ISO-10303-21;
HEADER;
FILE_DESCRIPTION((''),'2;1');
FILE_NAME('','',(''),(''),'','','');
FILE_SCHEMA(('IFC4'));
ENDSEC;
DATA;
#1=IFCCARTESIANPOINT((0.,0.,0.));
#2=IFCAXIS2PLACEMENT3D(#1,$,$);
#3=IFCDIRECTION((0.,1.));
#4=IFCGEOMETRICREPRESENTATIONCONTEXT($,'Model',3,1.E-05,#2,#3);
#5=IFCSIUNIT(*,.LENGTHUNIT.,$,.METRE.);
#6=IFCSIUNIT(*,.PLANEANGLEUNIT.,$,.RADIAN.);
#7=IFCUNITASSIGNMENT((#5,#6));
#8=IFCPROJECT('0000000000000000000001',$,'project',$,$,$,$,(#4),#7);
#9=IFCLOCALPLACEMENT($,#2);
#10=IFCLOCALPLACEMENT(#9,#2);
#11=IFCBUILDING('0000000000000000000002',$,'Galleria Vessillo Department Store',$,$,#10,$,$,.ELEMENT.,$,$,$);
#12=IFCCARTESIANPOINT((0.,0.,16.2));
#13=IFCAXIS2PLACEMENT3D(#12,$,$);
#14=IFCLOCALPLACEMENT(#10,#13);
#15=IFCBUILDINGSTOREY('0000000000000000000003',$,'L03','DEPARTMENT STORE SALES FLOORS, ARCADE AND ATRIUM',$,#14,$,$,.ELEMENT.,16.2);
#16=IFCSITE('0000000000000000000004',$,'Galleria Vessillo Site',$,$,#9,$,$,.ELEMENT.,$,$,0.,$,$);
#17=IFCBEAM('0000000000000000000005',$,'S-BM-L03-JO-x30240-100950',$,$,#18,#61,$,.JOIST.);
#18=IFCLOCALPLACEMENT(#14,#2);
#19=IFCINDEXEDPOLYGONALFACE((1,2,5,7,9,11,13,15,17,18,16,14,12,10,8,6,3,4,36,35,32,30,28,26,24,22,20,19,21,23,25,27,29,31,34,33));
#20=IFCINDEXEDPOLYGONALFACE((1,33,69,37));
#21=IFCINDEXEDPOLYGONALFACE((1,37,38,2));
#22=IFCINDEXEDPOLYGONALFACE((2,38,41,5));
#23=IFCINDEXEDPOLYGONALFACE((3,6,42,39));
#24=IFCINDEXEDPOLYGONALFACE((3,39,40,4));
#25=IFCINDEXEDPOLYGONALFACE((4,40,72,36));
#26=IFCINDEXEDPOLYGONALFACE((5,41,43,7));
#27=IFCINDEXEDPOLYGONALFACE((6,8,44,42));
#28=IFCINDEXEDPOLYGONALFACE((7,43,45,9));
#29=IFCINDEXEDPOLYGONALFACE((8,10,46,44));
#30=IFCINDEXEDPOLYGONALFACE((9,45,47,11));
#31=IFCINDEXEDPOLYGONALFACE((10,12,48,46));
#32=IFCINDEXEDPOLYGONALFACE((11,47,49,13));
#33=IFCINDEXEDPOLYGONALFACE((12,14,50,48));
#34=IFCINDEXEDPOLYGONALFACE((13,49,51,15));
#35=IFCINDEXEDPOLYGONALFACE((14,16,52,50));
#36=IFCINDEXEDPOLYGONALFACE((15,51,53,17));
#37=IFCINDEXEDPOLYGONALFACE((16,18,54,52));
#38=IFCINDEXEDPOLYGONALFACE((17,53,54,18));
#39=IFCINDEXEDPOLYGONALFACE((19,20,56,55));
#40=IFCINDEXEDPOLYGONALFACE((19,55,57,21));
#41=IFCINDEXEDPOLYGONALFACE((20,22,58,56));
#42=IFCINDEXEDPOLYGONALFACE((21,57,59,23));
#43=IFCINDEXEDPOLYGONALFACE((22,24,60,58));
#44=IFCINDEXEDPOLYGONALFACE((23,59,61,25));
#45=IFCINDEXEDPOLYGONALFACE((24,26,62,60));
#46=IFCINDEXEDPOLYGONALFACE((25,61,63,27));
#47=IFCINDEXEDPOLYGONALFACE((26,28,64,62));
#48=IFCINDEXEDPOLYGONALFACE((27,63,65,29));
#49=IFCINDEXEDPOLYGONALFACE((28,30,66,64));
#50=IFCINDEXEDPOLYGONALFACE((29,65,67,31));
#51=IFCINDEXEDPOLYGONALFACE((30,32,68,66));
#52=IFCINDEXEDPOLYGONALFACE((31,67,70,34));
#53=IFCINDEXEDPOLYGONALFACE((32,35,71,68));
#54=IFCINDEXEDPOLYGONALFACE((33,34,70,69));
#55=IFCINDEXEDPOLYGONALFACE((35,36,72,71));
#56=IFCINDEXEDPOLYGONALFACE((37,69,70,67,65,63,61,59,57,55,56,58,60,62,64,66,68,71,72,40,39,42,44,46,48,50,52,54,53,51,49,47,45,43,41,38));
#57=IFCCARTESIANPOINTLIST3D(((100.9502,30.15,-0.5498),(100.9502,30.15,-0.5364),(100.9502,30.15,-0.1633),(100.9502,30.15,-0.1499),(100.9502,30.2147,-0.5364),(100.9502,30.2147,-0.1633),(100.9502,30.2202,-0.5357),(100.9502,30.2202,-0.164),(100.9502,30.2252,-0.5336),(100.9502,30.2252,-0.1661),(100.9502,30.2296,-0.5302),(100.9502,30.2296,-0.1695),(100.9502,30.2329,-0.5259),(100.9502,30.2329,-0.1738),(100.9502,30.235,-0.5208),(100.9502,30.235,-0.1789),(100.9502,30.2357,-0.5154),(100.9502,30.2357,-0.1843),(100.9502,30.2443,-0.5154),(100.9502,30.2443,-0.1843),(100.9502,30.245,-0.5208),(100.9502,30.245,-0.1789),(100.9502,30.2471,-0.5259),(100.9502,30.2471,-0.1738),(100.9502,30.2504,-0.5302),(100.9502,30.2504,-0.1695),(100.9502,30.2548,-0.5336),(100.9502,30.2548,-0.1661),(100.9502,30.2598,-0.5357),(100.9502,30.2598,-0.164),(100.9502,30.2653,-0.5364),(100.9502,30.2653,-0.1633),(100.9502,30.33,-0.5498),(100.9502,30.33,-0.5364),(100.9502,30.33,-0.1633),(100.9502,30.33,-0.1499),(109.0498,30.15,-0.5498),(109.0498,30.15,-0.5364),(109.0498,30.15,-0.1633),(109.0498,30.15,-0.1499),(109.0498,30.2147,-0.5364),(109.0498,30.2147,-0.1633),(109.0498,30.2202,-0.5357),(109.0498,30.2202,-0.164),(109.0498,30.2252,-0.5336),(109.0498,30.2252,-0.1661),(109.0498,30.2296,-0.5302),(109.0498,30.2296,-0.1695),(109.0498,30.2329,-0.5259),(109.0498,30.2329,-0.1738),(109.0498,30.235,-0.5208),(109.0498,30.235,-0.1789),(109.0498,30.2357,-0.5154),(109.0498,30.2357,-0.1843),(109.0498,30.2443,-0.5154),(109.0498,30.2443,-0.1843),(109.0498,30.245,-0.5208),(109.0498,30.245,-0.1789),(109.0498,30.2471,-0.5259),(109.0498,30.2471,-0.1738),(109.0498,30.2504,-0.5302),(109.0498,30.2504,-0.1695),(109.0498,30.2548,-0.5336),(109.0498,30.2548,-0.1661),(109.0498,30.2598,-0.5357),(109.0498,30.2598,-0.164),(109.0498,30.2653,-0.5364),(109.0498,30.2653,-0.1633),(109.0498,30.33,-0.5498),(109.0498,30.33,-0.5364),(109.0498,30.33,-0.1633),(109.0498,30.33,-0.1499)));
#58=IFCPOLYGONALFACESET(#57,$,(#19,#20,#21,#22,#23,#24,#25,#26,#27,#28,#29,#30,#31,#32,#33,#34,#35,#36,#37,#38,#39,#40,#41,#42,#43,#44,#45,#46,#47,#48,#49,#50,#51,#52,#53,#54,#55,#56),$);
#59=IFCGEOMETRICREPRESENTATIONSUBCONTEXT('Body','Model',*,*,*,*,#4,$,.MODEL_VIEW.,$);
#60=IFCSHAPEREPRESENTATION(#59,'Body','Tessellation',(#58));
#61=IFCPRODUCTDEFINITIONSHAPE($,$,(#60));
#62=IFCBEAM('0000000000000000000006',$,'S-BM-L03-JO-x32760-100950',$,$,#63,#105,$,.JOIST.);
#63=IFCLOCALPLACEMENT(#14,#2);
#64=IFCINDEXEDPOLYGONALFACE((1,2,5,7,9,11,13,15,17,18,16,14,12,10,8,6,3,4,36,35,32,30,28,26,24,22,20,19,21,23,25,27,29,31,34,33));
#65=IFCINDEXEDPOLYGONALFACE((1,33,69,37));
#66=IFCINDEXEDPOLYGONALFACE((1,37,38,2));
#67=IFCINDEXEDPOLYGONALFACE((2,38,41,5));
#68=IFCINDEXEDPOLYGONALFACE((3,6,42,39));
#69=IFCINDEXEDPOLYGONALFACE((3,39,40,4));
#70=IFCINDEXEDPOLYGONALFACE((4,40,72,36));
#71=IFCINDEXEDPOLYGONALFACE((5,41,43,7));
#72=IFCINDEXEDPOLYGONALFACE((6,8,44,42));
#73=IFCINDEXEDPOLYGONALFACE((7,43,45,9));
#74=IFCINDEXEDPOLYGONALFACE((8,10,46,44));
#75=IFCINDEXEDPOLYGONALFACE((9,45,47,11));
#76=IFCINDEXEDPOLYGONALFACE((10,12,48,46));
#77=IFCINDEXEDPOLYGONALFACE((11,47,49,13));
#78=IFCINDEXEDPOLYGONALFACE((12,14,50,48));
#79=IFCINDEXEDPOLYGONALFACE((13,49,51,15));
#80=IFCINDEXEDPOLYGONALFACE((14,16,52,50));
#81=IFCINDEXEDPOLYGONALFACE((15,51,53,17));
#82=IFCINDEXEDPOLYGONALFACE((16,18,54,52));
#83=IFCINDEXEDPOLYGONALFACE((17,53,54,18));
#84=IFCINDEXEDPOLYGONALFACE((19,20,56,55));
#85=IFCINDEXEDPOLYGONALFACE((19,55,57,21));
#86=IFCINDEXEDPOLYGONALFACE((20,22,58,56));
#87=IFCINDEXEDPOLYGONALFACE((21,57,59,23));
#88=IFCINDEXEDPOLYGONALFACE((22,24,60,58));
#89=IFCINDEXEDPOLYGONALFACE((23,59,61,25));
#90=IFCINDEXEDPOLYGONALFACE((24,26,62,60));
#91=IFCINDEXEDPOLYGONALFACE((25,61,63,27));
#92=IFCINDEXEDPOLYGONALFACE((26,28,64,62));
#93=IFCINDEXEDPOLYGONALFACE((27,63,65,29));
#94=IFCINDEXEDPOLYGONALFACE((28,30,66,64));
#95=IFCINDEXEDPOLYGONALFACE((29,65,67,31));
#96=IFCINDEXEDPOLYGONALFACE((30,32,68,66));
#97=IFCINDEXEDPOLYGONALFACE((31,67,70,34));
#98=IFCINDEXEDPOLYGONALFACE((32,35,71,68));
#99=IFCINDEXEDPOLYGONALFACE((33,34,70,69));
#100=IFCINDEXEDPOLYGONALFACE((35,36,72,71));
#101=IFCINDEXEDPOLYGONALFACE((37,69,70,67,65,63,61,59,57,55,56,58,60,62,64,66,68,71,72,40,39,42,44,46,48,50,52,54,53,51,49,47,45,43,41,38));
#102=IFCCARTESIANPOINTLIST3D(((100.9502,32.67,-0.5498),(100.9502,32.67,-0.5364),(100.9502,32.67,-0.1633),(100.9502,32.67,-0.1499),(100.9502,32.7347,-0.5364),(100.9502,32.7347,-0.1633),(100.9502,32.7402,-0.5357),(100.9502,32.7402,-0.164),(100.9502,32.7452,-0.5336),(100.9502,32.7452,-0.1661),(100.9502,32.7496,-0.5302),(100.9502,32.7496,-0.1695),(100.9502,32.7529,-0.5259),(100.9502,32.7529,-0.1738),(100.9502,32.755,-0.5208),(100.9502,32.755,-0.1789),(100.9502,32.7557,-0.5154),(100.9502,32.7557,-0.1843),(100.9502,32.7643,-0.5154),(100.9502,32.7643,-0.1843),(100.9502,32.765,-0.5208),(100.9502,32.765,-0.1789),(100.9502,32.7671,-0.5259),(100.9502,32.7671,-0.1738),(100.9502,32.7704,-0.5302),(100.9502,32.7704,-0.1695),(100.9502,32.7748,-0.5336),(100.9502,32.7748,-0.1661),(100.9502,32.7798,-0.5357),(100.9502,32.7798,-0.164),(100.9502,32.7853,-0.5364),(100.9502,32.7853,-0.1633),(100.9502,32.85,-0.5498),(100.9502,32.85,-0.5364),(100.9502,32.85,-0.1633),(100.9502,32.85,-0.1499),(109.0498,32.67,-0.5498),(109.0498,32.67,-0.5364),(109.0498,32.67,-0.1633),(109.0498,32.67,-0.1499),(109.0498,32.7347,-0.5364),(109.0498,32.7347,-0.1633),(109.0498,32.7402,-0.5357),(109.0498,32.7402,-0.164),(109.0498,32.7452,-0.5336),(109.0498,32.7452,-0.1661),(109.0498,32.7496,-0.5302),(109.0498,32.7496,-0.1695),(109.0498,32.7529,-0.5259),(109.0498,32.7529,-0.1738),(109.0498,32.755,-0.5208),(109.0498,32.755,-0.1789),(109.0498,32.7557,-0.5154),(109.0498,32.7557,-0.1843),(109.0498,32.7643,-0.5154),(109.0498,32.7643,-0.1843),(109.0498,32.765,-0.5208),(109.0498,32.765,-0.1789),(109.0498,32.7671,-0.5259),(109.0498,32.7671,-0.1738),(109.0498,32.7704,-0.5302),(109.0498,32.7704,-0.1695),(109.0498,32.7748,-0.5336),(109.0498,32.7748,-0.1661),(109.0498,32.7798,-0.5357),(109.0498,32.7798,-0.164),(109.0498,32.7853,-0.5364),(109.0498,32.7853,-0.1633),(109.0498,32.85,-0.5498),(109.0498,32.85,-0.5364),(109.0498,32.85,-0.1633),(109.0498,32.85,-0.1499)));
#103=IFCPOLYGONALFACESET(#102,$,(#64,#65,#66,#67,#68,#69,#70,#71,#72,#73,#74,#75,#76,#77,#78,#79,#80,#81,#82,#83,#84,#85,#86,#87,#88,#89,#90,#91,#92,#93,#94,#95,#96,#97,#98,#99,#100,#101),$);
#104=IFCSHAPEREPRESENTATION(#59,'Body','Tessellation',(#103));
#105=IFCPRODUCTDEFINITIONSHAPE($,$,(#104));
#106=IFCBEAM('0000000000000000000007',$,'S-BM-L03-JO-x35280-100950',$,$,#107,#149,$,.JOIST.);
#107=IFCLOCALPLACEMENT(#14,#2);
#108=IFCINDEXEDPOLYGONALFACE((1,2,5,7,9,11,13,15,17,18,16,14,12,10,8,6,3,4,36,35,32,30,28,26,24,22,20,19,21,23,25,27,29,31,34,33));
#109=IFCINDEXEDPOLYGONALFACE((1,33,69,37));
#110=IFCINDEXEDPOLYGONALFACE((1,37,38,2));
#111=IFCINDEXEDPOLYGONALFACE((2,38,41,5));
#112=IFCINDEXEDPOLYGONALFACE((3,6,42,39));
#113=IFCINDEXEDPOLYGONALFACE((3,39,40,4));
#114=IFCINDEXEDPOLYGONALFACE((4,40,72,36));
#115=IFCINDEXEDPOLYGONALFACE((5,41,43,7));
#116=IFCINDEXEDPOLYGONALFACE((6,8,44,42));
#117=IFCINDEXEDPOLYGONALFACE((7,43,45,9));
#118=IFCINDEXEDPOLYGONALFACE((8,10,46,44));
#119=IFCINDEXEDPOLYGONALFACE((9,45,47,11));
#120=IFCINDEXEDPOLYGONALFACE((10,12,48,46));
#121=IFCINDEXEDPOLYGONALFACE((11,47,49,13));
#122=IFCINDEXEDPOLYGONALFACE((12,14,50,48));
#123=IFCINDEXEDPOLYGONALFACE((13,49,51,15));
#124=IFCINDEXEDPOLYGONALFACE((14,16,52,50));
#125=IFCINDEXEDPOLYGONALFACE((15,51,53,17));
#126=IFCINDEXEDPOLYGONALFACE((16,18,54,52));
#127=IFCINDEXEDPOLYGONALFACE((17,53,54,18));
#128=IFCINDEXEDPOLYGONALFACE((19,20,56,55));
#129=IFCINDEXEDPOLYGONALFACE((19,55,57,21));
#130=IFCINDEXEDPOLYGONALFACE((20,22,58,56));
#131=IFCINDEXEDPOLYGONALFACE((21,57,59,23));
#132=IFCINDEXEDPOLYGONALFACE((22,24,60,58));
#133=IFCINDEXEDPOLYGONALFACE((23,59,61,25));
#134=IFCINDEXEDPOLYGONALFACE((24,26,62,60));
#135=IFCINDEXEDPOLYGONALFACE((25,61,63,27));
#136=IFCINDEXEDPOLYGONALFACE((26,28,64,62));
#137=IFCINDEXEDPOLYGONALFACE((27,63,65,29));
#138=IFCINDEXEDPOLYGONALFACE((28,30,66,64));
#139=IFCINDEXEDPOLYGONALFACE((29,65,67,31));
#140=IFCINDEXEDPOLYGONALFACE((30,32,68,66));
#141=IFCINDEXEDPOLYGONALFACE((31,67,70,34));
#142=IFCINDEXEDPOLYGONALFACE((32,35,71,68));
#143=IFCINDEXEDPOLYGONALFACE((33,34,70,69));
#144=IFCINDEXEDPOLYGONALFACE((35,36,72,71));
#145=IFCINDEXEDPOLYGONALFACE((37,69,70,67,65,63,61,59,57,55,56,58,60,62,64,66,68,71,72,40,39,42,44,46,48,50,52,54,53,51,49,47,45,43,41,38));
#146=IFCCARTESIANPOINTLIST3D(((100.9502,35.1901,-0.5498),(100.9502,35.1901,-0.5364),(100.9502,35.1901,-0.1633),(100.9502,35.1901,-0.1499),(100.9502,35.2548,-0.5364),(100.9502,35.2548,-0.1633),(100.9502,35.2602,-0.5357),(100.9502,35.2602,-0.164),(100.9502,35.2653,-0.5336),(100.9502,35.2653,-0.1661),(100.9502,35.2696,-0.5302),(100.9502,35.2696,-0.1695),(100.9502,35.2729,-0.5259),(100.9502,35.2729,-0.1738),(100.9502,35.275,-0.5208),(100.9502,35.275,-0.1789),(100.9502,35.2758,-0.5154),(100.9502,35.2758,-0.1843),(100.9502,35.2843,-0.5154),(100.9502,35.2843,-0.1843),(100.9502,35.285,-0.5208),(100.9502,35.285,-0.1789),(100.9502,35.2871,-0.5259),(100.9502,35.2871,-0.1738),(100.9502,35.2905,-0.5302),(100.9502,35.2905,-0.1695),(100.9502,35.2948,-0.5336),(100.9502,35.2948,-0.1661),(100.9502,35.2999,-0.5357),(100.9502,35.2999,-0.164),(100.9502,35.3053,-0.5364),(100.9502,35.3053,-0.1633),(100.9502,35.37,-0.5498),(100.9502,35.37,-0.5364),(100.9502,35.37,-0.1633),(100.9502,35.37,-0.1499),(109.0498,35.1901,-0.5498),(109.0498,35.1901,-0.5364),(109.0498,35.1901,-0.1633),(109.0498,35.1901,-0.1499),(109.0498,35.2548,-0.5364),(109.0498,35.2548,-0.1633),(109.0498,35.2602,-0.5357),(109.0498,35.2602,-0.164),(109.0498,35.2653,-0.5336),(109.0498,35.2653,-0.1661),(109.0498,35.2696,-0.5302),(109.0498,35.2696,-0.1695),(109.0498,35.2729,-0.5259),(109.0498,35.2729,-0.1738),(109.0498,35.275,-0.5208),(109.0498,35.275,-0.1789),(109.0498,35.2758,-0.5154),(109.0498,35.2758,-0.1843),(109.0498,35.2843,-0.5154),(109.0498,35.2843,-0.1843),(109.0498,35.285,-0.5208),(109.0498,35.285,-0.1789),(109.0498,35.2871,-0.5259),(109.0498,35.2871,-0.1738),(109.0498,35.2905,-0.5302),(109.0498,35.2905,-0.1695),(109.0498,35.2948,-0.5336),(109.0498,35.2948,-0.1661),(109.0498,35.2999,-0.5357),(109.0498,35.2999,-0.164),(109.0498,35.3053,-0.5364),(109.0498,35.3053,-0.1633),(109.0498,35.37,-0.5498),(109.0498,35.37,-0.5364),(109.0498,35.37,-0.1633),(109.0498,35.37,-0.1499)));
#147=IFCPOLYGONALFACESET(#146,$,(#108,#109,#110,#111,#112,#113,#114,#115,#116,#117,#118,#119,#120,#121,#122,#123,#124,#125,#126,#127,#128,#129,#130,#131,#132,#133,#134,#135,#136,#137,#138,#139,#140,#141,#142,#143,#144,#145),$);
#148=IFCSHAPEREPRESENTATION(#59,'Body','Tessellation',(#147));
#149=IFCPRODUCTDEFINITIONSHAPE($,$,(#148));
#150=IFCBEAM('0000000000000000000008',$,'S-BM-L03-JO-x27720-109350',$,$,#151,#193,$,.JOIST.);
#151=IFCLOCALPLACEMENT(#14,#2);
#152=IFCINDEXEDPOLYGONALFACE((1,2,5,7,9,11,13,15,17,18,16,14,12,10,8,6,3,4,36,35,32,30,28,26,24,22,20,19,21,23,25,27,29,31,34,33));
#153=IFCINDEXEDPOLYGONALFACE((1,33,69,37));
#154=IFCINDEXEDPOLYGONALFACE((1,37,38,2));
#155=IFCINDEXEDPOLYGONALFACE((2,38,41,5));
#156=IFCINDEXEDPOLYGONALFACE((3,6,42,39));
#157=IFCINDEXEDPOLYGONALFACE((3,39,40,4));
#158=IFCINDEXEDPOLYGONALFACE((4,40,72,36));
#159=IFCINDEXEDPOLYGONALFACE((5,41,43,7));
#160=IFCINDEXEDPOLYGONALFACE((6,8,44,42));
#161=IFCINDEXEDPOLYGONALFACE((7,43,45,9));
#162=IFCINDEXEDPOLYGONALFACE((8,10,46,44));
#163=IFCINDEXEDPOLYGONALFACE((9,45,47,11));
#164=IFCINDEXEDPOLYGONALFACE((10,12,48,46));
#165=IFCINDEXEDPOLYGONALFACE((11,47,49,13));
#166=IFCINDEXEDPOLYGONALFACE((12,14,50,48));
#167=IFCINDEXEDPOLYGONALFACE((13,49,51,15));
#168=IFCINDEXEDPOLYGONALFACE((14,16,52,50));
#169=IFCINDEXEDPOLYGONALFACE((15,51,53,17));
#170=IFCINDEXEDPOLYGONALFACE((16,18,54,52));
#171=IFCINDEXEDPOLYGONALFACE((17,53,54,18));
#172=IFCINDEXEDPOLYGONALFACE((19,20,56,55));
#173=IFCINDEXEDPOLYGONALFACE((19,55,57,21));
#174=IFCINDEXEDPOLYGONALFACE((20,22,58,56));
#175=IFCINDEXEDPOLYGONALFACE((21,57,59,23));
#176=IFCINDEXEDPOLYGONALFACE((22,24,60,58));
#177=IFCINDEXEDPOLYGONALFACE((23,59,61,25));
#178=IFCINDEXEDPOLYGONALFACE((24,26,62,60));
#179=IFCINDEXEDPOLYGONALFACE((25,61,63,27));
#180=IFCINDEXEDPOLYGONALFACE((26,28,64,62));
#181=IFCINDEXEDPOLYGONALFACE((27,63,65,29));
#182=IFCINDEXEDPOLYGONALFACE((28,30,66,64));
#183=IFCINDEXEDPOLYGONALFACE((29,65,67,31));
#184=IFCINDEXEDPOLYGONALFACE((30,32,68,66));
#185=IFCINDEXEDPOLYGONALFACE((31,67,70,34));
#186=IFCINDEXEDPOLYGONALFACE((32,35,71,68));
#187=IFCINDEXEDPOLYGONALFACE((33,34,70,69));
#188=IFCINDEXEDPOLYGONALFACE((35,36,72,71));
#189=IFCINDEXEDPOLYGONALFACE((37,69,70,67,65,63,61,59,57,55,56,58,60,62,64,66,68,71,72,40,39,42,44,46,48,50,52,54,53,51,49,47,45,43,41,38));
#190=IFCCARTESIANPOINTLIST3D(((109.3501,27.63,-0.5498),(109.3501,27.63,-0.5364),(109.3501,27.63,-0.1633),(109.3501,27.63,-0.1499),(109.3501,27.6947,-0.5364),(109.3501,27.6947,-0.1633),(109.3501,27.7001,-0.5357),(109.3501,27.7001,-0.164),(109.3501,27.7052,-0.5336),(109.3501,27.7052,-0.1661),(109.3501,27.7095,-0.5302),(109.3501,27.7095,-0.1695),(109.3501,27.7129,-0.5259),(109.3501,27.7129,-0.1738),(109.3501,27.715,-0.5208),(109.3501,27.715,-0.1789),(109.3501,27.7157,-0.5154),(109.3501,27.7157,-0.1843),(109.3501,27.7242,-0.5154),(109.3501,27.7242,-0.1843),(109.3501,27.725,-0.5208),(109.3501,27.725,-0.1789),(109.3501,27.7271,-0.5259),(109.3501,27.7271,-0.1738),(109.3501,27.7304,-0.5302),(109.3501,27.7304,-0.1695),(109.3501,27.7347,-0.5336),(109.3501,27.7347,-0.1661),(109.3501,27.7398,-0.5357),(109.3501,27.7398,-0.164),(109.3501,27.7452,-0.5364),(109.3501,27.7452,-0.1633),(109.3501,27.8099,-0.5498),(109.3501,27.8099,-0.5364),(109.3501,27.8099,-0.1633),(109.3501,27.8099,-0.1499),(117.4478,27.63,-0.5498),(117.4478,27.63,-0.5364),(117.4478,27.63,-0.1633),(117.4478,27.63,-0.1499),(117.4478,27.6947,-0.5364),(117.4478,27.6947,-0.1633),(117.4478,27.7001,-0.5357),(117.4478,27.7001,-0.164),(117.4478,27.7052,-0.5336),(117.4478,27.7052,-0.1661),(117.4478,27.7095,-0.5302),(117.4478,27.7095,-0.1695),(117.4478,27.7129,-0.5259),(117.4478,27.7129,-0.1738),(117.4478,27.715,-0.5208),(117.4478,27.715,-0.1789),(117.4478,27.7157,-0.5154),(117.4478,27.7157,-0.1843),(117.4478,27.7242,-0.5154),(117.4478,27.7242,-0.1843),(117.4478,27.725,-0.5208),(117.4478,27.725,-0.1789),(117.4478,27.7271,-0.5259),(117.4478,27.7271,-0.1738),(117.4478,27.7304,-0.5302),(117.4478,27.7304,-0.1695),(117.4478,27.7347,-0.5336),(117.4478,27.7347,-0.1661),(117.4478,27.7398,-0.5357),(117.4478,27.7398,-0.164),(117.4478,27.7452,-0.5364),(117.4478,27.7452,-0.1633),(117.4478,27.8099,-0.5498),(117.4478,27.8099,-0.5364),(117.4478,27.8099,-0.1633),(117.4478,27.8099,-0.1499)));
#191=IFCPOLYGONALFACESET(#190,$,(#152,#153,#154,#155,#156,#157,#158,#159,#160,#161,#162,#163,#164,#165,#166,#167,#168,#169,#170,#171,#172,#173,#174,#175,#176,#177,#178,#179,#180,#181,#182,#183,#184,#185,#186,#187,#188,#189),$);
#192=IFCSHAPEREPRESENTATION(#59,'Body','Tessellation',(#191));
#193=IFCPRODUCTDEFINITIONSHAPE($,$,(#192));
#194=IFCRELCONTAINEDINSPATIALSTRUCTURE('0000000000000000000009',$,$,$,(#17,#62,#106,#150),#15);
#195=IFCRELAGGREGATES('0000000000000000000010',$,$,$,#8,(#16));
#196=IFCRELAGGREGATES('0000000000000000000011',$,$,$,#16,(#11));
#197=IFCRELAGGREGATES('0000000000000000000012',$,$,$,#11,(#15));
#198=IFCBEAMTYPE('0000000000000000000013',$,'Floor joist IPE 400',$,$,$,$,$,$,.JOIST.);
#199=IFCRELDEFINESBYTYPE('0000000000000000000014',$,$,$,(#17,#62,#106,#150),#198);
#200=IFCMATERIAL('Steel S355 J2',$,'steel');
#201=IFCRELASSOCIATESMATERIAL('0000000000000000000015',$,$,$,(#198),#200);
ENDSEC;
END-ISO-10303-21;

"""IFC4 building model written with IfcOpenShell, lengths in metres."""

from ifc_helpers import new_model, si_unit, direction, frame, origin, origin_2d, place, context, subcontext, project, spatial, i_section, extrude, material, material_profile, profile_set, type_object, element, save


model = new_model("IFC4")

# Units and contexts
model_context = context("Model", 3, precision=1e-05, world=origin(), true_north=direction((0.0, 1.0)))
body_context = subcontext(model_context, "Body", "Model", "MODEL_VIEW")
ifc_project = project(units=[si_unit("LENGTHUNIT", "METRE"), si_unit("PLANEANGLEUNIT", "RADIAN")], contexts=[model_context])

# Site, building, storey
site_placement = place(None, origin())
site = spatial("IfcSite", under=ifc_project, at=site_placement, Name="Galleria Vessillo Site", CompositionType="ELEMENT", RefElevation=0.0)
building_placement = place(site_placement, origin())
building = spatial("IfcBuilding", under=site, at=building_placement, Name="Galleria Vessillo Department Store", CompositionType="ELEMENT")
storey_placement = place(building_placement, frame((0.0, 0.0, 16.2)))
storey = spatial("IfcBuildingStorey", under=building, at=storey_placement, Name="L03", Description="DEPARTMENT STORE SALES FLOORS, ARCADE AND ATRIUM", CompositionType="ELEMENT", Elevation=16.2)

# Beams
ifc_material_1 = material(Name="Steel S355 J2", Category="steel")
ifc_material_profile_1 = material_profile(ifc_material_1, i_section(OverallWidth=0.1799, OverallDepth=0.3999, WebThickness=0.0085, FlangeThickness=0.0134, FilletRadius=0.021, at=origin_2d()), Name="IPE 400")
ifc_profile_set_1 = profile_set([ifc_material_profile_1], Name="Steel S355 J2")
beam_type_1 = type_object("IfcBeamType", Name="Floor joist IPE 400", PredefinedType="JOIST", material=ifc_profile_set_1)
for number, where, z_axis, x_axis, name in (
    (1, (100.9502, 30.24, -0.3499), (1.0, 0.0, 0.0), (0.0, 1.0, 0.0), "S-BM-L03-JO-x30240-100950"),
    (2, (100.9502, 32.76, -0.3499), (1.0, 0.0, 0.0), (0.0, 1.0, 0.0), "S-BM-L03-JO-x32760-100950"),
    (3, (100.9502, 35.28, -0.3499), (1.0, 0.0, 0.0), (0.0, 1.0, 0.0), "S-BM-L03-JO-x35280-100950"),
):
    element("IfcBeam", number, at=place(storey_placement, frame(where, z_axis=z_axis, x_axis=x_axis)), inside=storey, type_object=beam_type_1, Name=name, PredefinedType="JOIST", context=body_context, shape_type="SweptSolid", body=[
        extrude(i_section(OverallWidth=0.1799, OverallDepth=0.3999, WebThickness=0.0085, FlangeThickness=0.0134, FilletRadius=0.021, at=origin_2d()), origin(), (0.0, 0.0, 1.0), 8.0996),
    ])
for number, where, z_axis, x_axis, name in (
    (4, (109.3501, 27.72, -0.3499), (1.0, 0.0, 0.0), (0.0, 1.0, 0.0), "S-BM-L03-JO-x27720-109350"),
):
    element("IfcBeam", number, at=place(storey_placement, frame(where, z_axis=z_axis, x_axis=x_axis)), inside=storey, type_object=beam_type_1, Name=name, PredefinedType="JOIST", context=body_context, shape_type="SweptSolid", body=[
        extrude(i_section(OverallWidth=0.1799, OverallDepth=0.3999, WebThickness=0.0085, FlangeThickness=0.0134, FilletRadius=0.021, at=origin_2d()), origin(), (0.0, 0.0, 1.0), 8.0977),
    ])

save(model, "model.ifc")
